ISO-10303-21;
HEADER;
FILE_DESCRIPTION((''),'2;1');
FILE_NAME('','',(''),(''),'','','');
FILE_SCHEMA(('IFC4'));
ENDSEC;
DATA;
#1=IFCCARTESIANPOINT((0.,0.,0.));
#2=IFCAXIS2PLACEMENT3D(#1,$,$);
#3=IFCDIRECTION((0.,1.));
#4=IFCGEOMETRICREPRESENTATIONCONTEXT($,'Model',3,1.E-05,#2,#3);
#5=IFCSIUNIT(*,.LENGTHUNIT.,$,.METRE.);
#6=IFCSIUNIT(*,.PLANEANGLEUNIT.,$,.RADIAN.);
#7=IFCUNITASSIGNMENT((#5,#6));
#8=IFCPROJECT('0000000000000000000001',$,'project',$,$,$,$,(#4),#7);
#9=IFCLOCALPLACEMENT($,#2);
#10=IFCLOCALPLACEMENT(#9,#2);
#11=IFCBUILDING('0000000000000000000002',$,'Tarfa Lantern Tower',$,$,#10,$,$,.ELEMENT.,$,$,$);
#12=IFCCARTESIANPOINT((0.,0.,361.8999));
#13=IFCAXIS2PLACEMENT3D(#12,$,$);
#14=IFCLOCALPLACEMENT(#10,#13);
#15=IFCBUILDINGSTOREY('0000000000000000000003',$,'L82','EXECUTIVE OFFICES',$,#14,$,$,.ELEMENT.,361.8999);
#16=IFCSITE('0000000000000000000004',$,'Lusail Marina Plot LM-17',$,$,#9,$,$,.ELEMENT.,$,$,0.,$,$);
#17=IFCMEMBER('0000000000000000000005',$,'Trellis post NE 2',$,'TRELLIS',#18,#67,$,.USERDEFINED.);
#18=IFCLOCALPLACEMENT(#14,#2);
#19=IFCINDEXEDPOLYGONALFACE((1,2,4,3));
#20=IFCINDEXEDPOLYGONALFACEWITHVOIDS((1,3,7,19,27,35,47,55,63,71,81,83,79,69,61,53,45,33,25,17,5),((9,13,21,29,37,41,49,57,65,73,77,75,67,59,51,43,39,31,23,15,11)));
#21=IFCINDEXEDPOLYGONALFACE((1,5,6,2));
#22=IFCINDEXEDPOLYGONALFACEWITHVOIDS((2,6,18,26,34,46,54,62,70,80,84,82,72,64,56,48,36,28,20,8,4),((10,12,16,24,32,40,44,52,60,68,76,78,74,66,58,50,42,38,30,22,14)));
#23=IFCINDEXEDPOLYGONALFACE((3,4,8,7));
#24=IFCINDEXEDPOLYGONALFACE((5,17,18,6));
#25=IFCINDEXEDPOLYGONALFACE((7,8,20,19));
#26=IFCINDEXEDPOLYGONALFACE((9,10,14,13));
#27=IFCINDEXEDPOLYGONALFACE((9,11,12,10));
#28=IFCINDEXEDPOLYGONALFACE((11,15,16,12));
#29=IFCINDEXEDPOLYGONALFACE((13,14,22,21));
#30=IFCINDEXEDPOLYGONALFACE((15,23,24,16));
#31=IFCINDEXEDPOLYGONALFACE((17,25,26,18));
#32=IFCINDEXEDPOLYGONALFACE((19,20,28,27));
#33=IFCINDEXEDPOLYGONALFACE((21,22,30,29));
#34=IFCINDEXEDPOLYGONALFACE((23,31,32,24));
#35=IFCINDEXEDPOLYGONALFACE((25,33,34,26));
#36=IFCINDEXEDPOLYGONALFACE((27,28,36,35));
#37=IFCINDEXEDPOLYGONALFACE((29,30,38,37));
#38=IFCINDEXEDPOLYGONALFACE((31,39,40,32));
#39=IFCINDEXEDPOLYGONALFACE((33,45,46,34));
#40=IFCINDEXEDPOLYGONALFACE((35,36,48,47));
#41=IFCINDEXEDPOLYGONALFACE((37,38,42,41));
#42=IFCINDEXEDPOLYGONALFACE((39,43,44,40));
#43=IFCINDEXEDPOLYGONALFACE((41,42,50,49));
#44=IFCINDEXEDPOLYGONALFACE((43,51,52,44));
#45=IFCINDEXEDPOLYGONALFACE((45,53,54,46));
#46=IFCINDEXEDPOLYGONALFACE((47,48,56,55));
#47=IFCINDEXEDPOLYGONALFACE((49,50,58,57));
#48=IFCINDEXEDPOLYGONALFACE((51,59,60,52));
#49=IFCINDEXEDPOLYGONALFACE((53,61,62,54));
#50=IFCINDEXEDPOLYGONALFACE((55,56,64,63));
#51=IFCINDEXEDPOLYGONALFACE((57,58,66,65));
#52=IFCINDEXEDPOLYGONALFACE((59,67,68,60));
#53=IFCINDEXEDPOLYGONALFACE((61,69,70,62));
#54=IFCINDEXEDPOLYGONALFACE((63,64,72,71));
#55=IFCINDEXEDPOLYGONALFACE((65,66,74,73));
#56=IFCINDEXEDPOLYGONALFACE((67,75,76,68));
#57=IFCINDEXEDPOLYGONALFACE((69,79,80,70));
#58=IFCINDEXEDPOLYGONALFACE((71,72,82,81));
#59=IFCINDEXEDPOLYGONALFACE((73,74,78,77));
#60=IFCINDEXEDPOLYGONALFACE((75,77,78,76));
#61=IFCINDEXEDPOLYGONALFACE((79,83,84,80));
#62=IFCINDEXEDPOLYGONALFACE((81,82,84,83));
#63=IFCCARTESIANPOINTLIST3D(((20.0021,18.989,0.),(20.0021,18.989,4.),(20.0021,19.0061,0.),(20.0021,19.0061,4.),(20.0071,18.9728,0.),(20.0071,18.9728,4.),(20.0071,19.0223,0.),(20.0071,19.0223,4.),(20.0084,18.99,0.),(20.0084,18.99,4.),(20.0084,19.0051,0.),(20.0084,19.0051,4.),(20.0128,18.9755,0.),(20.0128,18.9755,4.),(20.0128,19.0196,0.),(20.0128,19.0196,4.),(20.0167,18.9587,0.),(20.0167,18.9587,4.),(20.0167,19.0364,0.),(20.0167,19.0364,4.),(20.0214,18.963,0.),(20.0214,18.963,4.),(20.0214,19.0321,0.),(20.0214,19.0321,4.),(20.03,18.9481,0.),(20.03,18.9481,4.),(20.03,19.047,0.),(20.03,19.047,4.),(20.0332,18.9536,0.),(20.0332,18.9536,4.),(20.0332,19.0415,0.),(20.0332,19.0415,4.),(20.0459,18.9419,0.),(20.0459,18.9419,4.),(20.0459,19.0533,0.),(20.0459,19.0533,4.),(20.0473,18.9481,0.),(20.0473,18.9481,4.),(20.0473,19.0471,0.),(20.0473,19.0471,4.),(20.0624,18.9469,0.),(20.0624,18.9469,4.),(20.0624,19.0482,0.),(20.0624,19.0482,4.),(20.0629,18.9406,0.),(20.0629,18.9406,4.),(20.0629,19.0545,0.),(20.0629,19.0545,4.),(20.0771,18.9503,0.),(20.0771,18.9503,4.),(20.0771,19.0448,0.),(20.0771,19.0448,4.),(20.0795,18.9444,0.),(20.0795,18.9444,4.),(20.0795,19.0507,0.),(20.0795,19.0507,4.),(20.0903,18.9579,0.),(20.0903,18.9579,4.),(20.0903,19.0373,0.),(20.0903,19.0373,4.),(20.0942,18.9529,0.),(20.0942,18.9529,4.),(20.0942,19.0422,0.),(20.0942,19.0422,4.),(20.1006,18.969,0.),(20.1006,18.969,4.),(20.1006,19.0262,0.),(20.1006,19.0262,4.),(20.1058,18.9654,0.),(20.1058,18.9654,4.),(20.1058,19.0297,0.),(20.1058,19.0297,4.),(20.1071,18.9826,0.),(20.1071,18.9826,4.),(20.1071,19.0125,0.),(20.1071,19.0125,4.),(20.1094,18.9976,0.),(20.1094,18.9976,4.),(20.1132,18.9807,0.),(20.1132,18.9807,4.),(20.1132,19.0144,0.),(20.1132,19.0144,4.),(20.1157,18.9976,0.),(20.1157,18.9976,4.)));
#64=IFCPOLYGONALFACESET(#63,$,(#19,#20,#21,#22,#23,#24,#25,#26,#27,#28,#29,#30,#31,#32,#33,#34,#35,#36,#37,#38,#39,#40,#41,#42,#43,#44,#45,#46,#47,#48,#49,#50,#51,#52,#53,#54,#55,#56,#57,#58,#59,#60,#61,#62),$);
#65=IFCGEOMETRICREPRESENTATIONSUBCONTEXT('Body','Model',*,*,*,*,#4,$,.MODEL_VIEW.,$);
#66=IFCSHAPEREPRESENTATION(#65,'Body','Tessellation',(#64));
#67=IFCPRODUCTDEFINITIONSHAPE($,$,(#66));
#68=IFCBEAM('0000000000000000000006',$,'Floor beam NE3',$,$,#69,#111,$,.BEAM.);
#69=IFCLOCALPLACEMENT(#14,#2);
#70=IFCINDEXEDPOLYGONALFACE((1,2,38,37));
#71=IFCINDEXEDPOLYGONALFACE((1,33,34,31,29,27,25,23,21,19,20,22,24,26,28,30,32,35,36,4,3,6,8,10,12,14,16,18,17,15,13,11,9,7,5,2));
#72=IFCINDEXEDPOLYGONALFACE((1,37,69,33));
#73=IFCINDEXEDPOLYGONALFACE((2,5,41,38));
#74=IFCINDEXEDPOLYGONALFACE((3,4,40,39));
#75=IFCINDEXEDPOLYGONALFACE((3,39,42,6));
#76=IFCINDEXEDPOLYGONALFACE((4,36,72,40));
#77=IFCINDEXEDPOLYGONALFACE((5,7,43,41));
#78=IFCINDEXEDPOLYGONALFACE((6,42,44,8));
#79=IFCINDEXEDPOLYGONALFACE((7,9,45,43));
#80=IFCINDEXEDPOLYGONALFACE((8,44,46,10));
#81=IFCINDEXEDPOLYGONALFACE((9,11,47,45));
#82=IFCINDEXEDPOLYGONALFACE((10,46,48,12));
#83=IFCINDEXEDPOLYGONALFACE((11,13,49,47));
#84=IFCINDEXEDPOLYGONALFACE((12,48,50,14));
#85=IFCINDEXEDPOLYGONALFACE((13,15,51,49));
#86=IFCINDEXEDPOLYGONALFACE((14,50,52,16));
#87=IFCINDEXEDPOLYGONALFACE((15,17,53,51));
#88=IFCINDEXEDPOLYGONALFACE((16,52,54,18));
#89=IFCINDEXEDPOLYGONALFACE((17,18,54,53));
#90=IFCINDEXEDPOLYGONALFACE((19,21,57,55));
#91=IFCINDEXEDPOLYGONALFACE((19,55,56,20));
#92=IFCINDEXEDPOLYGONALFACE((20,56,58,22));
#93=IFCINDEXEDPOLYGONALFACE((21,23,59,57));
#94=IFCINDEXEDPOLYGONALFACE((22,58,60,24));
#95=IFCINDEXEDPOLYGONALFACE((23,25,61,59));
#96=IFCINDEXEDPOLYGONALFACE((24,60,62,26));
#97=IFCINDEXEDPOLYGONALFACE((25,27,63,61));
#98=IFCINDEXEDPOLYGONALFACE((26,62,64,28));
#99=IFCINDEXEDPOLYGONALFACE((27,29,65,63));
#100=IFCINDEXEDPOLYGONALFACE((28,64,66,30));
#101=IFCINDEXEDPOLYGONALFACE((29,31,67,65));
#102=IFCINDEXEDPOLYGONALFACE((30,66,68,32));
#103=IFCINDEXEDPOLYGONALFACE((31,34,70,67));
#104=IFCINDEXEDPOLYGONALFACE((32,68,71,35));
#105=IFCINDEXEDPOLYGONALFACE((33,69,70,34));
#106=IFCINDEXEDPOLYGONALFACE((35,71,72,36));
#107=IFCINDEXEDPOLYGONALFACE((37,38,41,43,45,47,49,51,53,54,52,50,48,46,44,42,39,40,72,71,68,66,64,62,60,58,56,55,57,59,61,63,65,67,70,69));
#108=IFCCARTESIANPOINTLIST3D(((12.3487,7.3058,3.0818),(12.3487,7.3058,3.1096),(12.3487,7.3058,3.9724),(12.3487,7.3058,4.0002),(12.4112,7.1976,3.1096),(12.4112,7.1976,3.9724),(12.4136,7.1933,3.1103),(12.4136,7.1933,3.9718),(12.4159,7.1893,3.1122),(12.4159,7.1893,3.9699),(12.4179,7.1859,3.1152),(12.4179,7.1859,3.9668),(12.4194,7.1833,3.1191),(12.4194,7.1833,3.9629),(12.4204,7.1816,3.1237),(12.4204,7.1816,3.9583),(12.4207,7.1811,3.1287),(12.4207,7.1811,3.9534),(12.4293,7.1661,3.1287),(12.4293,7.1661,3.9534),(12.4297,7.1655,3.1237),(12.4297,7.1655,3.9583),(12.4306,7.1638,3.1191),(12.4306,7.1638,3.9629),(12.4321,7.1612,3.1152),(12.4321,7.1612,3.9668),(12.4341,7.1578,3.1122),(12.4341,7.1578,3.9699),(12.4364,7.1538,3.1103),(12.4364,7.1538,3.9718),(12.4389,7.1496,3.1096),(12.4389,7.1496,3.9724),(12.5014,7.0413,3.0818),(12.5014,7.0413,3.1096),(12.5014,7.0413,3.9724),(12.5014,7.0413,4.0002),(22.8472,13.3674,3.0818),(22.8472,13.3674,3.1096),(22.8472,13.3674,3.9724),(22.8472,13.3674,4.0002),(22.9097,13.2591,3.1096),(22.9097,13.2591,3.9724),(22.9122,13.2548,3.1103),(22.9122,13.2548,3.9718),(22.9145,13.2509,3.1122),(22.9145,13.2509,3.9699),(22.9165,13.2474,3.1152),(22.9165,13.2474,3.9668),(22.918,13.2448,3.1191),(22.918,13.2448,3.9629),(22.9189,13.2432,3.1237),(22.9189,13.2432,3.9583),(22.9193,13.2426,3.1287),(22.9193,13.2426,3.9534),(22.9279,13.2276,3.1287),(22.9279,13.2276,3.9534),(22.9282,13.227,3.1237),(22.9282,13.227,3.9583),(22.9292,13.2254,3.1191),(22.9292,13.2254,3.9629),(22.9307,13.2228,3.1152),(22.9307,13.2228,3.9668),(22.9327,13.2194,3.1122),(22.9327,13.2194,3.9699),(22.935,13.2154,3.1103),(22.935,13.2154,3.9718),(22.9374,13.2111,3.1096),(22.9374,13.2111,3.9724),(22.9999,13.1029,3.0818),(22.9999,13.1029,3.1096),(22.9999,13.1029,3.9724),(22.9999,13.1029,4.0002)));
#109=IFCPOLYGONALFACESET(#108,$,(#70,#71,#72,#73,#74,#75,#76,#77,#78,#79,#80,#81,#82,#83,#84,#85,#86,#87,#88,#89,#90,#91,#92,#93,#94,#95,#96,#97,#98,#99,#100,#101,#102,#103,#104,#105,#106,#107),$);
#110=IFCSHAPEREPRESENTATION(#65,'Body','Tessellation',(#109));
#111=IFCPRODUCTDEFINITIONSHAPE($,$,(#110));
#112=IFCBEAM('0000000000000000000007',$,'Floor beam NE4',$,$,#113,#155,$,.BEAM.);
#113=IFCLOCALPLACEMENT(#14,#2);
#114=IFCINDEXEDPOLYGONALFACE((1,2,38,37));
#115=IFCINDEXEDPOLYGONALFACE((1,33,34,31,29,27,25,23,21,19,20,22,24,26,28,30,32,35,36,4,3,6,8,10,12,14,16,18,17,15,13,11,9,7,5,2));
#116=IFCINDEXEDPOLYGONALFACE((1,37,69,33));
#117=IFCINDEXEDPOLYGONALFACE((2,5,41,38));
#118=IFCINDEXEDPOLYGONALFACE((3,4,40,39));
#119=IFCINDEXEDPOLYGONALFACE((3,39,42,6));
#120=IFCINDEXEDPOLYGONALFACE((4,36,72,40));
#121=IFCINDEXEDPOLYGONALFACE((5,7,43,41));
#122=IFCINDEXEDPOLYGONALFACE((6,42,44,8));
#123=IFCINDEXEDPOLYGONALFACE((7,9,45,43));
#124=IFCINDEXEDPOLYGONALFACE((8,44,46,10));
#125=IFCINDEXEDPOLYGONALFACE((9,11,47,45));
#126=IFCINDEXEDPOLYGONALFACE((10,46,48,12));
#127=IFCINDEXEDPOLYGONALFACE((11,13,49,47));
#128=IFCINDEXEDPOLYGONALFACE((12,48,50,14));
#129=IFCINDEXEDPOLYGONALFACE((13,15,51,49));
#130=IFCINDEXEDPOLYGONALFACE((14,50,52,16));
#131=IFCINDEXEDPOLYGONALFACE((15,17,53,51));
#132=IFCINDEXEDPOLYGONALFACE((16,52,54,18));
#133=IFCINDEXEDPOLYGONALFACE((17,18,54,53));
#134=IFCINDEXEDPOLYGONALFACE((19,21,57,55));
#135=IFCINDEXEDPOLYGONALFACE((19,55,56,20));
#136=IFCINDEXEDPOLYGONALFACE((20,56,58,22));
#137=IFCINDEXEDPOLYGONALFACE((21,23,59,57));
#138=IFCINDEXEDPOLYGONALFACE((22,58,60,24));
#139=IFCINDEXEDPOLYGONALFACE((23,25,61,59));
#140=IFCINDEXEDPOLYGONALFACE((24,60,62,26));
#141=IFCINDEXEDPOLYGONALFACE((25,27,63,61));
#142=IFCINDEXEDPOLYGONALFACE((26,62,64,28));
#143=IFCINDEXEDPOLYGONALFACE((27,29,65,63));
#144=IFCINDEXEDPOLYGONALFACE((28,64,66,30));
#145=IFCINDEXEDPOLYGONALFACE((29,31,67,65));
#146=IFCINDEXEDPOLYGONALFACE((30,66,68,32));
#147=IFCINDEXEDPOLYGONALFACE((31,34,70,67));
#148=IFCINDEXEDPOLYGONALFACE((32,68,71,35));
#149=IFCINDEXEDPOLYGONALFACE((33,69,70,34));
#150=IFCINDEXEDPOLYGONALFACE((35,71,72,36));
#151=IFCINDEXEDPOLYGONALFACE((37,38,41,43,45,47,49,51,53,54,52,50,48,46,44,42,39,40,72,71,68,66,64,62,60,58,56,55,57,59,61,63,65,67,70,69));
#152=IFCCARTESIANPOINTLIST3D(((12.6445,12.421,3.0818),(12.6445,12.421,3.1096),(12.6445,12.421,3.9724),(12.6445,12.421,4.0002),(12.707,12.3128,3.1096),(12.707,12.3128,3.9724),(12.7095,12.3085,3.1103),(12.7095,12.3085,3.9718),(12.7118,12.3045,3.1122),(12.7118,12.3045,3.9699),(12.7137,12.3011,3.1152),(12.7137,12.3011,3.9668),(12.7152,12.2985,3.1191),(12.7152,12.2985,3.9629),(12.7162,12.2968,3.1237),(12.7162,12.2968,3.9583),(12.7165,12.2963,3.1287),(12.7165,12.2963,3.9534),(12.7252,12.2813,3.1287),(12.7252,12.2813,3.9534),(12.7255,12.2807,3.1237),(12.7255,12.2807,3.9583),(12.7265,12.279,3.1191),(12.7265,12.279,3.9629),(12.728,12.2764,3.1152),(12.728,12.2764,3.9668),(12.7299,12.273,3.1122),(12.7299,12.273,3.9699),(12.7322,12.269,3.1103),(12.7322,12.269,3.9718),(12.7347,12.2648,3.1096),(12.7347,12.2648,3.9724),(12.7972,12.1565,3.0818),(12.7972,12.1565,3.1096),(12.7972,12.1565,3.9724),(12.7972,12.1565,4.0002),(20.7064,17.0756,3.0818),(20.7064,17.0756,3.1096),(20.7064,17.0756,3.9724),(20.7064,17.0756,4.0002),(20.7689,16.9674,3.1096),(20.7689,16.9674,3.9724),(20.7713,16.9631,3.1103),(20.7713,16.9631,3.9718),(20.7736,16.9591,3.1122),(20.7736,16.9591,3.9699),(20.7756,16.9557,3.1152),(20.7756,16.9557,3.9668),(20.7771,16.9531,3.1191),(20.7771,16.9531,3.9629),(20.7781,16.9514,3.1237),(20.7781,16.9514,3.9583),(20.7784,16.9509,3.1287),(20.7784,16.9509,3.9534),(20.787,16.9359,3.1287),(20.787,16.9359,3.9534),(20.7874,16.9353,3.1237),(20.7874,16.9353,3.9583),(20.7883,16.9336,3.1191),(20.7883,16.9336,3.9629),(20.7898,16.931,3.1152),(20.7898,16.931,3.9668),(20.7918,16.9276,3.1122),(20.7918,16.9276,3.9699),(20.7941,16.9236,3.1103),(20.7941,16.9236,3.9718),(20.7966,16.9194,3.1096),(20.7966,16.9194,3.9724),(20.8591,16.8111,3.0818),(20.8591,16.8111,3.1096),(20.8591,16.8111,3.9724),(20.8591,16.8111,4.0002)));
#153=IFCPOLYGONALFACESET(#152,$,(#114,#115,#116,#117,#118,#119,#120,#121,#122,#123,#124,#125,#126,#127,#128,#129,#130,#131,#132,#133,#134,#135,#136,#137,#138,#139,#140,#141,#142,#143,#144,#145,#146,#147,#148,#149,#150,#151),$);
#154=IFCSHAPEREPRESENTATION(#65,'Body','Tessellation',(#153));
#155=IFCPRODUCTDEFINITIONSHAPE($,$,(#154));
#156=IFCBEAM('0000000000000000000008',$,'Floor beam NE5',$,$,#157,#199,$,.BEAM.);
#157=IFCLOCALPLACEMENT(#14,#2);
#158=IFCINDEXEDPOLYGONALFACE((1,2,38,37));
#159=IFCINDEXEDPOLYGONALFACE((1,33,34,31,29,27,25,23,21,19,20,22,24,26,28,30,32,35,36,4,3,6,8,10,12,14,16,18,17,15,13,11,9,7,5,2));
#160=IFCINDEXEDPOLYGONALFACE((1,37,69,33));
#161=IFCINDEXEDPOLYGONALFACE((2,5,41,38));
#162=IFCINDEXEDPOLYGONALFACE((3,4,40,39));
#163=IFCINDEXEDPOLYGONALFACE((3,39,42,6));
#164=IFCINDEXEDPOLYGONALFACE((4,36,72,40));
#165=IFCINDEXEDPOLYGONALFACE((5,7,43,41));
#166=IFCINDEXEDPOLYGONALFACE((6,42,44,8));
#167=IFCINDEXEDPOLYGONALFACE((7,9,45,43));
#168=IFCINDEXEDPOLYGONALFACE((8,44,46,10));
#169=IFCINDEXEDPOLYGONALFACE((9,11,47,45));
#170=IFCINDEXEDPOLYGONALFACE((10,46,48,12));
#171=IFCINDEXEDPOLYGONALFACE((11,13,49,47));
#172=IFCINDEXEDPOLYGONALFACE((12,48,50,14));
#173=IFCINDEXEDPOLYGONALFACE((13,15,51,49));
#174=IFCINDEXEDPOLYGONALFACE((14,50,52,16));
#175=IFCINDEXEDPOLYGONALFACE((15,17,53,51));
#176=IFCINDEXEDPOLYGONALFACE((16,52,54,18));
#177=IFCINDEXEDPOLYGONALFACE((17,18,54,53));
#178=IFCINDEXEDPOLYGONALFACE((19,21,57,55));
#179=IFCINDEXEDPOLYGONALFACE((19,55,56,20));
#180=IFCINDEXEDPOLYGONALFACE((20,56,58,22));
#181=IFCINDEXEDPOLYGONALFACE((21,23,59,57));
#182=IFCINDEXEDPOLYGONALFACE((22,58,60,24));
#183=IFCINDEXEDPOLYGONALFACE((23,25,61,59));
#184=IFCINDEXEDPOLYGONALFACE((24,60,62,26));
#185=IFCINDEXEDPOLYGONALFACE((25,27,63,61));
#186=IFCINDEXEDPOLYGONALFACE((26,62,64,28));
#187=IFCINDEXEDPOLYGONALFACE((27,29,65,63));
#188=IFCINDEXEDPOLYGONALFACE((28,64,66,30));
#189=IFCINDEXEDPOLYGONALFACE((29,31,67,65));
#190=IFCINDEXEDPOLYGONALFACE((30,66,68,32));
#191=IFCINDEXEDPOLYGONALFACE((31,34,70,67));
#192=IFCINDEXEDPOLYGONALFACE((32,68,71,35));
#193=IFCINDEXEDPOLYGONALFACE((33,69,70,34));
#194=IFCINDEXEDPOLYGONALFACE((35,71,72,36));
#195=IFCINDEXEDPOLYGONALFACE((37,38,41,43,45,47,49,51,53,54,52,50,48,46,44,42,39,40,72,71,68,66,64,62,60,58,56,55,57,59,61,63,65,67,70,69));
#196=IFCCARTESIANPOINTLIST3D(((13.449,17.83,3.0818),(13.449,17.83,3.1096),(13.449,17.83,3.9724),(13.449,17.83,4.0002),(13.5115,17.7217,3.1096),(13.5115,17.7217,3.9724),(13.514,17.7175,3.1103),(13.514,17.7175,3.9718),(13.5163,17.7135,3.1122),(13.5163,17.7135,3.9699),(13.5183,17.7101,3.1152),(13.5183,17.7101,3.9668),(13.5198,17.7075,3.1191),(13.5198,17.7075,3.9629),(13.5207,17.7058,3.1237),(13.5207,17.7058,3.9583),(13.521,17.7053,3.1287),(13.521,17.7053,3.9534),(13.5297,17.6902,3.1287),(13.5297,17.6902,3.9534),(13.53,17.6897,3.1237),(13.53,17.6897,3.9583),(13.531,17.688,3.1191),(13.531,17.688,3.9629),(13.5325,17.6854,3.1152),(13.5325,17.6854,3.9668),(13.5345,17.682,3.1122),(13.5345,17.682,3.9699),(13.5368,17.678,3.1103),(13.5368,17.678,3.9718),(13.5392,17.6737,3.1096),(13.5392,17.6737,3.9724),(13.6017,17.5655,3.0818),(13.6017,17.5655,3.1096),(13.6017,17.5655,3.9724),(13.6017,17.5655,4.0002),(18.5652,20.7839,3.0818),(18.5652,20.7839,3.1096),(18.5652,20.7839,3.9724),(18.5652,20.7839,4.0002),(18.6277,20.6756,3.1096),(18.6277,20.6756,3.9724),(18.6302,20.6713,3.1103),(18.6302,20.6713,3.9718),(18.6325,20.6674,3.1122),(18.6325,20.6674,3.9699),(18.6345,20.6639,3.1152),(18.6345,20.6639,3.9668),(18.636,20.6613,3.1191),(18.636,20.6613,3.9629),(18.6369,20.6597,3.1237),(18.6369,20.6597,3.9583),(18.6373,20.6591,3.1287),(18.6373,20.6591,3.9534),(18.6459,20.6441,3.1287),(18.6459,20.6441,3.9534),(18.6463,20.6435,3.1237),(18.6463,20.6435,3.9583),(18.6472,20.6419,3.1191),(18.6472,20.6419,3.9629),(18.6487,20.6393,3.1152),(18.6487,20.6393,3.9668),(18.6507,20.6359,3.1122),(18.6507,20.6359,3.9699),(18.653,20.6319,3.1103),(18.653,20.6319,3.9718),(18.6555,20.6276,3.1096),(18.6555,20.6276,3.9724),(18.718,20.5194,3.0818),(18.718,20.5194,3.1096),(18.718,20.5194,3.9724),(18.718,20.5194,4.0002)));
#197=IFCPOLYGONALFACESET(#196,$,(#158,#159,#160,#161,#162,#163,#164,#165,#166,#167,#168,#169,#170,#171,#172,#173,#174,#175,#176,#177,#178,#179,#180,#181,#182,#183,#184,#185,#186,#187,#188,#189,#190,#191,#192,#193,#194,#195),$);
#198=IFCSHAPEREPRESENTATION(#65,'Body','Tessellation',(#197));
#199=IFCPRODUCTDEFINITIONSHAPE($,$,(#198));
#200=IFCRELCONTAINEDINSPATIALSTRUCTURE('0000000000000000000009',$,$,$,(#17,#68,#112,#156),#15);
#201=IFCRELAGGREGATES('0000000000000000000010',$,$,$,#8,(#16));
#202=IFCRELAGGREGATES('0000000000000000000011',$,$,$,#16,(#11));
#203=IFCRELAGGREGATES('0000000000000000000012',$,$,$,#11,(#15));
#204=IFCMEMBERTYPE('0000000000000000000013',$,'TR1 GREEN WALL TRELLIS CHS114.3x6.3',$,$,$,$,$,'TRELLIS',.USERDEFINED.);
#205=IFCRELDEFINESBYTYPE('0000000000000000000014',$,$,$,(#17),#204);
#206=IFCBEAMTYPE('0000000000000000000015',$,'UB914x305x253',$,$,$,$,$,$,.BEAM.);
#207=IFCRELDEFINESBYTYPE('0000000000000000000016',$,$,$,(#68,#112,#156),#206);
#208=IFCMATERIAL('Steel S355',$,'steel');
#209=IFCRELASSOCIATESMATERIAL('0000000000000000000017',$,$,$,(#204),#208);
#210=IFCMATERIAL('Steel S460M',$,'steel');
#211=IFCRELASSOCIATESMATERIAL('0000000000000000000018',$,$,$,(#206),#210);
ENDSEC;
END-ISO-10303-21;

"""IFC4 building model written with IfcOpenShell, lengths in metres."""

from ifc_helpers import new_model, si_unit, direction, frame, origin, origin_2d, place, context, subcontext, project, spatial, hollow_circle, i_section, extrude, material, material_profile, profile_set, type_object, element, save


model = new_model("IFC4")

# Units and contexts
model_context = context("Model", 3, precision=1e-05, world=origin(), true_north=direction((0.0, 1.0)))
body_context = subcontext(model_context, "Body", "Model", "MODEL_VIEW")
ifc_project = project(units=[si_unit("LENGTHUNIT", "METRE"), si_unit("PLANEANGLEUNIT", "RADIAN")], contexts=[model_context])

# Site, building, storey
site_placement = place(None, origin())
site = spatial("IfcSite", under=ifc_project, at=site_placement, Name="Lusail Marina Plot LM-17", CompositionType="ELEMENT", RefElevation=0.0)
building_placement = place(site_placement, origin())
building = spatial("IfcBuilding", under=site, at=building_placement, Name="Tarfa Lantern Tower", CompositionType="ELEMENT")
storey_placement = place(building_placement, frame((0.0, 0.0, 361.8999)))
storey = spatial("IfcBuildingStorey", under=building, at=storey_placement, Name="L82", Description="EXECUTIVE OFFICES", CompositionType="ELEMENT", Elevation=361.8999)

# Member
ifc_material_1 = material(Name="Steel S355", Category="steel")
ifc_material_profile_1 = material_profile(ifc_material_1, hollow_circle(Radius=0.0571, WallThickness=0.0063, at=origin_2d()), Name="CHS114.3x6.3")
ifc_profile_set_1 = profile_set([ifc_material_profile_1], Name="Steel S355")
member_type_1 = type_object("IfcMemberType", Name="TR1 GREEN WALL TRELLIS CHS114.3x6.3", ElementType="TRELLIS", PredefinedType="USERDEFINED", material=ifc_profile_set_1)
member_1_placement = place(storey_placement, frame((20.0586, 18.9976, 0.0), z_axis=(0.0, 0.0, 1.0), x_axis=(1.0, 0.0, 0.0)))
element("IfcMember", 1, at=member_1_placement, inside=storey, type_object=member_type_1, Name="Trellis post NE 2", ObjectType="TRELLIS", PredefinedType="USERDEFINED", context=body_context, shape_type="SweptSolid", body=[
    extrude(hollow_circle(Radius=0.0571, WallThickness=0.0063, at=origin_2d()), origin(), (0.0, 0.0, 1.0), 4.0),
])

# Beams
ifc_material_2 = material(Name="Steel S460M", Category="steel")
ifc_material_profile_2 = material_profile(ifc_material_2, i_section(OverallWidth=0.3054, OverallDepth=0.9185, WebThickness=0.0173, FlangeThickness=0.0278, FilletRadius=0.019, at=origin_2d()), Name="UB914x305x253")
ifc_profile_set_2 = profile_set([ifc_material_profile_2], Name="Steel S460M")
beam_type_1 = type_object("IfcBeamType", Name="UB914x305x253", PredefinedType="BEAM", material=ifc_profile_set_2)
beam_1_placement = place(storey_placement, frame((22.9236, 13.2351, 3.541), z_axis=(-0.866019, -0.500012, 0.0), x_axis=(0.500012, -0.866019, 0.0)))
element("IfcBeam", 2, at=beam_1_placement, inside=storey, type_object=beam_type_1, Name="Floor beam NE3", PredefinedType="BEAM", context=body_context, shape_type="SweptSolid", body=[
    extrude(i_section(OverallWidth=0.3054, OverallDepth=0.9185, WebThickness=0.0173, FlangeThickness=0.0278, FilletRadius=0.019, at=origin_2d()), origin(), (0.0, 0.0, 1.0), 12.1228),
])
beam_2_placement = place(storey_placement, frame((20.7827, 16.9434, 3.541), z_axis=(-0.866022, -0.500006, 0.0), x_axis=(0.500006, -0.866022, 0.0)))
element("IfcBeam", 3, at=beam_2_placement, inside=storey, type_object=beam_type_1, Name="Floor beam NE4", PredefinedType="BEAM", context=body_context, shape_type="SweptSolid", body=[
    extrude(i_section(OverallWidth=0.3054, OverallDepth=0.9185, WebThickness=0.0173, FlangeThickness=0.0278, FilletRadius=0.019, at=origin_2d()), origin(), (0.0, 0.0, 1.0), 9.3091),
])
beam_3_placement = place(storey_placement, frame((18.6416, 20.6516, 3.541), z_axis=(-0.866025, -0.500001, 0.0), x_axis=(0.500001, -0.866025, 0.0)))
element("IfcBeam", 4, at=beam_3_placement, inside=storey, type_object=beam_type_1, Name="Floor beam NE5", PredefinedType="BEAM", context=body_context, shape_type="SweptSolid", body=[
    extrude(i_section(OverallWidth=0.3054, OverallDepth=0.9185, WebThickness=0.0173, FlangeThickness=0.0278, FilletRadius=0.019, at=origin_2d()), origin(), (0.0, 0.0, 1.0), 5.9077),
])

save(model, "model.ifc")
